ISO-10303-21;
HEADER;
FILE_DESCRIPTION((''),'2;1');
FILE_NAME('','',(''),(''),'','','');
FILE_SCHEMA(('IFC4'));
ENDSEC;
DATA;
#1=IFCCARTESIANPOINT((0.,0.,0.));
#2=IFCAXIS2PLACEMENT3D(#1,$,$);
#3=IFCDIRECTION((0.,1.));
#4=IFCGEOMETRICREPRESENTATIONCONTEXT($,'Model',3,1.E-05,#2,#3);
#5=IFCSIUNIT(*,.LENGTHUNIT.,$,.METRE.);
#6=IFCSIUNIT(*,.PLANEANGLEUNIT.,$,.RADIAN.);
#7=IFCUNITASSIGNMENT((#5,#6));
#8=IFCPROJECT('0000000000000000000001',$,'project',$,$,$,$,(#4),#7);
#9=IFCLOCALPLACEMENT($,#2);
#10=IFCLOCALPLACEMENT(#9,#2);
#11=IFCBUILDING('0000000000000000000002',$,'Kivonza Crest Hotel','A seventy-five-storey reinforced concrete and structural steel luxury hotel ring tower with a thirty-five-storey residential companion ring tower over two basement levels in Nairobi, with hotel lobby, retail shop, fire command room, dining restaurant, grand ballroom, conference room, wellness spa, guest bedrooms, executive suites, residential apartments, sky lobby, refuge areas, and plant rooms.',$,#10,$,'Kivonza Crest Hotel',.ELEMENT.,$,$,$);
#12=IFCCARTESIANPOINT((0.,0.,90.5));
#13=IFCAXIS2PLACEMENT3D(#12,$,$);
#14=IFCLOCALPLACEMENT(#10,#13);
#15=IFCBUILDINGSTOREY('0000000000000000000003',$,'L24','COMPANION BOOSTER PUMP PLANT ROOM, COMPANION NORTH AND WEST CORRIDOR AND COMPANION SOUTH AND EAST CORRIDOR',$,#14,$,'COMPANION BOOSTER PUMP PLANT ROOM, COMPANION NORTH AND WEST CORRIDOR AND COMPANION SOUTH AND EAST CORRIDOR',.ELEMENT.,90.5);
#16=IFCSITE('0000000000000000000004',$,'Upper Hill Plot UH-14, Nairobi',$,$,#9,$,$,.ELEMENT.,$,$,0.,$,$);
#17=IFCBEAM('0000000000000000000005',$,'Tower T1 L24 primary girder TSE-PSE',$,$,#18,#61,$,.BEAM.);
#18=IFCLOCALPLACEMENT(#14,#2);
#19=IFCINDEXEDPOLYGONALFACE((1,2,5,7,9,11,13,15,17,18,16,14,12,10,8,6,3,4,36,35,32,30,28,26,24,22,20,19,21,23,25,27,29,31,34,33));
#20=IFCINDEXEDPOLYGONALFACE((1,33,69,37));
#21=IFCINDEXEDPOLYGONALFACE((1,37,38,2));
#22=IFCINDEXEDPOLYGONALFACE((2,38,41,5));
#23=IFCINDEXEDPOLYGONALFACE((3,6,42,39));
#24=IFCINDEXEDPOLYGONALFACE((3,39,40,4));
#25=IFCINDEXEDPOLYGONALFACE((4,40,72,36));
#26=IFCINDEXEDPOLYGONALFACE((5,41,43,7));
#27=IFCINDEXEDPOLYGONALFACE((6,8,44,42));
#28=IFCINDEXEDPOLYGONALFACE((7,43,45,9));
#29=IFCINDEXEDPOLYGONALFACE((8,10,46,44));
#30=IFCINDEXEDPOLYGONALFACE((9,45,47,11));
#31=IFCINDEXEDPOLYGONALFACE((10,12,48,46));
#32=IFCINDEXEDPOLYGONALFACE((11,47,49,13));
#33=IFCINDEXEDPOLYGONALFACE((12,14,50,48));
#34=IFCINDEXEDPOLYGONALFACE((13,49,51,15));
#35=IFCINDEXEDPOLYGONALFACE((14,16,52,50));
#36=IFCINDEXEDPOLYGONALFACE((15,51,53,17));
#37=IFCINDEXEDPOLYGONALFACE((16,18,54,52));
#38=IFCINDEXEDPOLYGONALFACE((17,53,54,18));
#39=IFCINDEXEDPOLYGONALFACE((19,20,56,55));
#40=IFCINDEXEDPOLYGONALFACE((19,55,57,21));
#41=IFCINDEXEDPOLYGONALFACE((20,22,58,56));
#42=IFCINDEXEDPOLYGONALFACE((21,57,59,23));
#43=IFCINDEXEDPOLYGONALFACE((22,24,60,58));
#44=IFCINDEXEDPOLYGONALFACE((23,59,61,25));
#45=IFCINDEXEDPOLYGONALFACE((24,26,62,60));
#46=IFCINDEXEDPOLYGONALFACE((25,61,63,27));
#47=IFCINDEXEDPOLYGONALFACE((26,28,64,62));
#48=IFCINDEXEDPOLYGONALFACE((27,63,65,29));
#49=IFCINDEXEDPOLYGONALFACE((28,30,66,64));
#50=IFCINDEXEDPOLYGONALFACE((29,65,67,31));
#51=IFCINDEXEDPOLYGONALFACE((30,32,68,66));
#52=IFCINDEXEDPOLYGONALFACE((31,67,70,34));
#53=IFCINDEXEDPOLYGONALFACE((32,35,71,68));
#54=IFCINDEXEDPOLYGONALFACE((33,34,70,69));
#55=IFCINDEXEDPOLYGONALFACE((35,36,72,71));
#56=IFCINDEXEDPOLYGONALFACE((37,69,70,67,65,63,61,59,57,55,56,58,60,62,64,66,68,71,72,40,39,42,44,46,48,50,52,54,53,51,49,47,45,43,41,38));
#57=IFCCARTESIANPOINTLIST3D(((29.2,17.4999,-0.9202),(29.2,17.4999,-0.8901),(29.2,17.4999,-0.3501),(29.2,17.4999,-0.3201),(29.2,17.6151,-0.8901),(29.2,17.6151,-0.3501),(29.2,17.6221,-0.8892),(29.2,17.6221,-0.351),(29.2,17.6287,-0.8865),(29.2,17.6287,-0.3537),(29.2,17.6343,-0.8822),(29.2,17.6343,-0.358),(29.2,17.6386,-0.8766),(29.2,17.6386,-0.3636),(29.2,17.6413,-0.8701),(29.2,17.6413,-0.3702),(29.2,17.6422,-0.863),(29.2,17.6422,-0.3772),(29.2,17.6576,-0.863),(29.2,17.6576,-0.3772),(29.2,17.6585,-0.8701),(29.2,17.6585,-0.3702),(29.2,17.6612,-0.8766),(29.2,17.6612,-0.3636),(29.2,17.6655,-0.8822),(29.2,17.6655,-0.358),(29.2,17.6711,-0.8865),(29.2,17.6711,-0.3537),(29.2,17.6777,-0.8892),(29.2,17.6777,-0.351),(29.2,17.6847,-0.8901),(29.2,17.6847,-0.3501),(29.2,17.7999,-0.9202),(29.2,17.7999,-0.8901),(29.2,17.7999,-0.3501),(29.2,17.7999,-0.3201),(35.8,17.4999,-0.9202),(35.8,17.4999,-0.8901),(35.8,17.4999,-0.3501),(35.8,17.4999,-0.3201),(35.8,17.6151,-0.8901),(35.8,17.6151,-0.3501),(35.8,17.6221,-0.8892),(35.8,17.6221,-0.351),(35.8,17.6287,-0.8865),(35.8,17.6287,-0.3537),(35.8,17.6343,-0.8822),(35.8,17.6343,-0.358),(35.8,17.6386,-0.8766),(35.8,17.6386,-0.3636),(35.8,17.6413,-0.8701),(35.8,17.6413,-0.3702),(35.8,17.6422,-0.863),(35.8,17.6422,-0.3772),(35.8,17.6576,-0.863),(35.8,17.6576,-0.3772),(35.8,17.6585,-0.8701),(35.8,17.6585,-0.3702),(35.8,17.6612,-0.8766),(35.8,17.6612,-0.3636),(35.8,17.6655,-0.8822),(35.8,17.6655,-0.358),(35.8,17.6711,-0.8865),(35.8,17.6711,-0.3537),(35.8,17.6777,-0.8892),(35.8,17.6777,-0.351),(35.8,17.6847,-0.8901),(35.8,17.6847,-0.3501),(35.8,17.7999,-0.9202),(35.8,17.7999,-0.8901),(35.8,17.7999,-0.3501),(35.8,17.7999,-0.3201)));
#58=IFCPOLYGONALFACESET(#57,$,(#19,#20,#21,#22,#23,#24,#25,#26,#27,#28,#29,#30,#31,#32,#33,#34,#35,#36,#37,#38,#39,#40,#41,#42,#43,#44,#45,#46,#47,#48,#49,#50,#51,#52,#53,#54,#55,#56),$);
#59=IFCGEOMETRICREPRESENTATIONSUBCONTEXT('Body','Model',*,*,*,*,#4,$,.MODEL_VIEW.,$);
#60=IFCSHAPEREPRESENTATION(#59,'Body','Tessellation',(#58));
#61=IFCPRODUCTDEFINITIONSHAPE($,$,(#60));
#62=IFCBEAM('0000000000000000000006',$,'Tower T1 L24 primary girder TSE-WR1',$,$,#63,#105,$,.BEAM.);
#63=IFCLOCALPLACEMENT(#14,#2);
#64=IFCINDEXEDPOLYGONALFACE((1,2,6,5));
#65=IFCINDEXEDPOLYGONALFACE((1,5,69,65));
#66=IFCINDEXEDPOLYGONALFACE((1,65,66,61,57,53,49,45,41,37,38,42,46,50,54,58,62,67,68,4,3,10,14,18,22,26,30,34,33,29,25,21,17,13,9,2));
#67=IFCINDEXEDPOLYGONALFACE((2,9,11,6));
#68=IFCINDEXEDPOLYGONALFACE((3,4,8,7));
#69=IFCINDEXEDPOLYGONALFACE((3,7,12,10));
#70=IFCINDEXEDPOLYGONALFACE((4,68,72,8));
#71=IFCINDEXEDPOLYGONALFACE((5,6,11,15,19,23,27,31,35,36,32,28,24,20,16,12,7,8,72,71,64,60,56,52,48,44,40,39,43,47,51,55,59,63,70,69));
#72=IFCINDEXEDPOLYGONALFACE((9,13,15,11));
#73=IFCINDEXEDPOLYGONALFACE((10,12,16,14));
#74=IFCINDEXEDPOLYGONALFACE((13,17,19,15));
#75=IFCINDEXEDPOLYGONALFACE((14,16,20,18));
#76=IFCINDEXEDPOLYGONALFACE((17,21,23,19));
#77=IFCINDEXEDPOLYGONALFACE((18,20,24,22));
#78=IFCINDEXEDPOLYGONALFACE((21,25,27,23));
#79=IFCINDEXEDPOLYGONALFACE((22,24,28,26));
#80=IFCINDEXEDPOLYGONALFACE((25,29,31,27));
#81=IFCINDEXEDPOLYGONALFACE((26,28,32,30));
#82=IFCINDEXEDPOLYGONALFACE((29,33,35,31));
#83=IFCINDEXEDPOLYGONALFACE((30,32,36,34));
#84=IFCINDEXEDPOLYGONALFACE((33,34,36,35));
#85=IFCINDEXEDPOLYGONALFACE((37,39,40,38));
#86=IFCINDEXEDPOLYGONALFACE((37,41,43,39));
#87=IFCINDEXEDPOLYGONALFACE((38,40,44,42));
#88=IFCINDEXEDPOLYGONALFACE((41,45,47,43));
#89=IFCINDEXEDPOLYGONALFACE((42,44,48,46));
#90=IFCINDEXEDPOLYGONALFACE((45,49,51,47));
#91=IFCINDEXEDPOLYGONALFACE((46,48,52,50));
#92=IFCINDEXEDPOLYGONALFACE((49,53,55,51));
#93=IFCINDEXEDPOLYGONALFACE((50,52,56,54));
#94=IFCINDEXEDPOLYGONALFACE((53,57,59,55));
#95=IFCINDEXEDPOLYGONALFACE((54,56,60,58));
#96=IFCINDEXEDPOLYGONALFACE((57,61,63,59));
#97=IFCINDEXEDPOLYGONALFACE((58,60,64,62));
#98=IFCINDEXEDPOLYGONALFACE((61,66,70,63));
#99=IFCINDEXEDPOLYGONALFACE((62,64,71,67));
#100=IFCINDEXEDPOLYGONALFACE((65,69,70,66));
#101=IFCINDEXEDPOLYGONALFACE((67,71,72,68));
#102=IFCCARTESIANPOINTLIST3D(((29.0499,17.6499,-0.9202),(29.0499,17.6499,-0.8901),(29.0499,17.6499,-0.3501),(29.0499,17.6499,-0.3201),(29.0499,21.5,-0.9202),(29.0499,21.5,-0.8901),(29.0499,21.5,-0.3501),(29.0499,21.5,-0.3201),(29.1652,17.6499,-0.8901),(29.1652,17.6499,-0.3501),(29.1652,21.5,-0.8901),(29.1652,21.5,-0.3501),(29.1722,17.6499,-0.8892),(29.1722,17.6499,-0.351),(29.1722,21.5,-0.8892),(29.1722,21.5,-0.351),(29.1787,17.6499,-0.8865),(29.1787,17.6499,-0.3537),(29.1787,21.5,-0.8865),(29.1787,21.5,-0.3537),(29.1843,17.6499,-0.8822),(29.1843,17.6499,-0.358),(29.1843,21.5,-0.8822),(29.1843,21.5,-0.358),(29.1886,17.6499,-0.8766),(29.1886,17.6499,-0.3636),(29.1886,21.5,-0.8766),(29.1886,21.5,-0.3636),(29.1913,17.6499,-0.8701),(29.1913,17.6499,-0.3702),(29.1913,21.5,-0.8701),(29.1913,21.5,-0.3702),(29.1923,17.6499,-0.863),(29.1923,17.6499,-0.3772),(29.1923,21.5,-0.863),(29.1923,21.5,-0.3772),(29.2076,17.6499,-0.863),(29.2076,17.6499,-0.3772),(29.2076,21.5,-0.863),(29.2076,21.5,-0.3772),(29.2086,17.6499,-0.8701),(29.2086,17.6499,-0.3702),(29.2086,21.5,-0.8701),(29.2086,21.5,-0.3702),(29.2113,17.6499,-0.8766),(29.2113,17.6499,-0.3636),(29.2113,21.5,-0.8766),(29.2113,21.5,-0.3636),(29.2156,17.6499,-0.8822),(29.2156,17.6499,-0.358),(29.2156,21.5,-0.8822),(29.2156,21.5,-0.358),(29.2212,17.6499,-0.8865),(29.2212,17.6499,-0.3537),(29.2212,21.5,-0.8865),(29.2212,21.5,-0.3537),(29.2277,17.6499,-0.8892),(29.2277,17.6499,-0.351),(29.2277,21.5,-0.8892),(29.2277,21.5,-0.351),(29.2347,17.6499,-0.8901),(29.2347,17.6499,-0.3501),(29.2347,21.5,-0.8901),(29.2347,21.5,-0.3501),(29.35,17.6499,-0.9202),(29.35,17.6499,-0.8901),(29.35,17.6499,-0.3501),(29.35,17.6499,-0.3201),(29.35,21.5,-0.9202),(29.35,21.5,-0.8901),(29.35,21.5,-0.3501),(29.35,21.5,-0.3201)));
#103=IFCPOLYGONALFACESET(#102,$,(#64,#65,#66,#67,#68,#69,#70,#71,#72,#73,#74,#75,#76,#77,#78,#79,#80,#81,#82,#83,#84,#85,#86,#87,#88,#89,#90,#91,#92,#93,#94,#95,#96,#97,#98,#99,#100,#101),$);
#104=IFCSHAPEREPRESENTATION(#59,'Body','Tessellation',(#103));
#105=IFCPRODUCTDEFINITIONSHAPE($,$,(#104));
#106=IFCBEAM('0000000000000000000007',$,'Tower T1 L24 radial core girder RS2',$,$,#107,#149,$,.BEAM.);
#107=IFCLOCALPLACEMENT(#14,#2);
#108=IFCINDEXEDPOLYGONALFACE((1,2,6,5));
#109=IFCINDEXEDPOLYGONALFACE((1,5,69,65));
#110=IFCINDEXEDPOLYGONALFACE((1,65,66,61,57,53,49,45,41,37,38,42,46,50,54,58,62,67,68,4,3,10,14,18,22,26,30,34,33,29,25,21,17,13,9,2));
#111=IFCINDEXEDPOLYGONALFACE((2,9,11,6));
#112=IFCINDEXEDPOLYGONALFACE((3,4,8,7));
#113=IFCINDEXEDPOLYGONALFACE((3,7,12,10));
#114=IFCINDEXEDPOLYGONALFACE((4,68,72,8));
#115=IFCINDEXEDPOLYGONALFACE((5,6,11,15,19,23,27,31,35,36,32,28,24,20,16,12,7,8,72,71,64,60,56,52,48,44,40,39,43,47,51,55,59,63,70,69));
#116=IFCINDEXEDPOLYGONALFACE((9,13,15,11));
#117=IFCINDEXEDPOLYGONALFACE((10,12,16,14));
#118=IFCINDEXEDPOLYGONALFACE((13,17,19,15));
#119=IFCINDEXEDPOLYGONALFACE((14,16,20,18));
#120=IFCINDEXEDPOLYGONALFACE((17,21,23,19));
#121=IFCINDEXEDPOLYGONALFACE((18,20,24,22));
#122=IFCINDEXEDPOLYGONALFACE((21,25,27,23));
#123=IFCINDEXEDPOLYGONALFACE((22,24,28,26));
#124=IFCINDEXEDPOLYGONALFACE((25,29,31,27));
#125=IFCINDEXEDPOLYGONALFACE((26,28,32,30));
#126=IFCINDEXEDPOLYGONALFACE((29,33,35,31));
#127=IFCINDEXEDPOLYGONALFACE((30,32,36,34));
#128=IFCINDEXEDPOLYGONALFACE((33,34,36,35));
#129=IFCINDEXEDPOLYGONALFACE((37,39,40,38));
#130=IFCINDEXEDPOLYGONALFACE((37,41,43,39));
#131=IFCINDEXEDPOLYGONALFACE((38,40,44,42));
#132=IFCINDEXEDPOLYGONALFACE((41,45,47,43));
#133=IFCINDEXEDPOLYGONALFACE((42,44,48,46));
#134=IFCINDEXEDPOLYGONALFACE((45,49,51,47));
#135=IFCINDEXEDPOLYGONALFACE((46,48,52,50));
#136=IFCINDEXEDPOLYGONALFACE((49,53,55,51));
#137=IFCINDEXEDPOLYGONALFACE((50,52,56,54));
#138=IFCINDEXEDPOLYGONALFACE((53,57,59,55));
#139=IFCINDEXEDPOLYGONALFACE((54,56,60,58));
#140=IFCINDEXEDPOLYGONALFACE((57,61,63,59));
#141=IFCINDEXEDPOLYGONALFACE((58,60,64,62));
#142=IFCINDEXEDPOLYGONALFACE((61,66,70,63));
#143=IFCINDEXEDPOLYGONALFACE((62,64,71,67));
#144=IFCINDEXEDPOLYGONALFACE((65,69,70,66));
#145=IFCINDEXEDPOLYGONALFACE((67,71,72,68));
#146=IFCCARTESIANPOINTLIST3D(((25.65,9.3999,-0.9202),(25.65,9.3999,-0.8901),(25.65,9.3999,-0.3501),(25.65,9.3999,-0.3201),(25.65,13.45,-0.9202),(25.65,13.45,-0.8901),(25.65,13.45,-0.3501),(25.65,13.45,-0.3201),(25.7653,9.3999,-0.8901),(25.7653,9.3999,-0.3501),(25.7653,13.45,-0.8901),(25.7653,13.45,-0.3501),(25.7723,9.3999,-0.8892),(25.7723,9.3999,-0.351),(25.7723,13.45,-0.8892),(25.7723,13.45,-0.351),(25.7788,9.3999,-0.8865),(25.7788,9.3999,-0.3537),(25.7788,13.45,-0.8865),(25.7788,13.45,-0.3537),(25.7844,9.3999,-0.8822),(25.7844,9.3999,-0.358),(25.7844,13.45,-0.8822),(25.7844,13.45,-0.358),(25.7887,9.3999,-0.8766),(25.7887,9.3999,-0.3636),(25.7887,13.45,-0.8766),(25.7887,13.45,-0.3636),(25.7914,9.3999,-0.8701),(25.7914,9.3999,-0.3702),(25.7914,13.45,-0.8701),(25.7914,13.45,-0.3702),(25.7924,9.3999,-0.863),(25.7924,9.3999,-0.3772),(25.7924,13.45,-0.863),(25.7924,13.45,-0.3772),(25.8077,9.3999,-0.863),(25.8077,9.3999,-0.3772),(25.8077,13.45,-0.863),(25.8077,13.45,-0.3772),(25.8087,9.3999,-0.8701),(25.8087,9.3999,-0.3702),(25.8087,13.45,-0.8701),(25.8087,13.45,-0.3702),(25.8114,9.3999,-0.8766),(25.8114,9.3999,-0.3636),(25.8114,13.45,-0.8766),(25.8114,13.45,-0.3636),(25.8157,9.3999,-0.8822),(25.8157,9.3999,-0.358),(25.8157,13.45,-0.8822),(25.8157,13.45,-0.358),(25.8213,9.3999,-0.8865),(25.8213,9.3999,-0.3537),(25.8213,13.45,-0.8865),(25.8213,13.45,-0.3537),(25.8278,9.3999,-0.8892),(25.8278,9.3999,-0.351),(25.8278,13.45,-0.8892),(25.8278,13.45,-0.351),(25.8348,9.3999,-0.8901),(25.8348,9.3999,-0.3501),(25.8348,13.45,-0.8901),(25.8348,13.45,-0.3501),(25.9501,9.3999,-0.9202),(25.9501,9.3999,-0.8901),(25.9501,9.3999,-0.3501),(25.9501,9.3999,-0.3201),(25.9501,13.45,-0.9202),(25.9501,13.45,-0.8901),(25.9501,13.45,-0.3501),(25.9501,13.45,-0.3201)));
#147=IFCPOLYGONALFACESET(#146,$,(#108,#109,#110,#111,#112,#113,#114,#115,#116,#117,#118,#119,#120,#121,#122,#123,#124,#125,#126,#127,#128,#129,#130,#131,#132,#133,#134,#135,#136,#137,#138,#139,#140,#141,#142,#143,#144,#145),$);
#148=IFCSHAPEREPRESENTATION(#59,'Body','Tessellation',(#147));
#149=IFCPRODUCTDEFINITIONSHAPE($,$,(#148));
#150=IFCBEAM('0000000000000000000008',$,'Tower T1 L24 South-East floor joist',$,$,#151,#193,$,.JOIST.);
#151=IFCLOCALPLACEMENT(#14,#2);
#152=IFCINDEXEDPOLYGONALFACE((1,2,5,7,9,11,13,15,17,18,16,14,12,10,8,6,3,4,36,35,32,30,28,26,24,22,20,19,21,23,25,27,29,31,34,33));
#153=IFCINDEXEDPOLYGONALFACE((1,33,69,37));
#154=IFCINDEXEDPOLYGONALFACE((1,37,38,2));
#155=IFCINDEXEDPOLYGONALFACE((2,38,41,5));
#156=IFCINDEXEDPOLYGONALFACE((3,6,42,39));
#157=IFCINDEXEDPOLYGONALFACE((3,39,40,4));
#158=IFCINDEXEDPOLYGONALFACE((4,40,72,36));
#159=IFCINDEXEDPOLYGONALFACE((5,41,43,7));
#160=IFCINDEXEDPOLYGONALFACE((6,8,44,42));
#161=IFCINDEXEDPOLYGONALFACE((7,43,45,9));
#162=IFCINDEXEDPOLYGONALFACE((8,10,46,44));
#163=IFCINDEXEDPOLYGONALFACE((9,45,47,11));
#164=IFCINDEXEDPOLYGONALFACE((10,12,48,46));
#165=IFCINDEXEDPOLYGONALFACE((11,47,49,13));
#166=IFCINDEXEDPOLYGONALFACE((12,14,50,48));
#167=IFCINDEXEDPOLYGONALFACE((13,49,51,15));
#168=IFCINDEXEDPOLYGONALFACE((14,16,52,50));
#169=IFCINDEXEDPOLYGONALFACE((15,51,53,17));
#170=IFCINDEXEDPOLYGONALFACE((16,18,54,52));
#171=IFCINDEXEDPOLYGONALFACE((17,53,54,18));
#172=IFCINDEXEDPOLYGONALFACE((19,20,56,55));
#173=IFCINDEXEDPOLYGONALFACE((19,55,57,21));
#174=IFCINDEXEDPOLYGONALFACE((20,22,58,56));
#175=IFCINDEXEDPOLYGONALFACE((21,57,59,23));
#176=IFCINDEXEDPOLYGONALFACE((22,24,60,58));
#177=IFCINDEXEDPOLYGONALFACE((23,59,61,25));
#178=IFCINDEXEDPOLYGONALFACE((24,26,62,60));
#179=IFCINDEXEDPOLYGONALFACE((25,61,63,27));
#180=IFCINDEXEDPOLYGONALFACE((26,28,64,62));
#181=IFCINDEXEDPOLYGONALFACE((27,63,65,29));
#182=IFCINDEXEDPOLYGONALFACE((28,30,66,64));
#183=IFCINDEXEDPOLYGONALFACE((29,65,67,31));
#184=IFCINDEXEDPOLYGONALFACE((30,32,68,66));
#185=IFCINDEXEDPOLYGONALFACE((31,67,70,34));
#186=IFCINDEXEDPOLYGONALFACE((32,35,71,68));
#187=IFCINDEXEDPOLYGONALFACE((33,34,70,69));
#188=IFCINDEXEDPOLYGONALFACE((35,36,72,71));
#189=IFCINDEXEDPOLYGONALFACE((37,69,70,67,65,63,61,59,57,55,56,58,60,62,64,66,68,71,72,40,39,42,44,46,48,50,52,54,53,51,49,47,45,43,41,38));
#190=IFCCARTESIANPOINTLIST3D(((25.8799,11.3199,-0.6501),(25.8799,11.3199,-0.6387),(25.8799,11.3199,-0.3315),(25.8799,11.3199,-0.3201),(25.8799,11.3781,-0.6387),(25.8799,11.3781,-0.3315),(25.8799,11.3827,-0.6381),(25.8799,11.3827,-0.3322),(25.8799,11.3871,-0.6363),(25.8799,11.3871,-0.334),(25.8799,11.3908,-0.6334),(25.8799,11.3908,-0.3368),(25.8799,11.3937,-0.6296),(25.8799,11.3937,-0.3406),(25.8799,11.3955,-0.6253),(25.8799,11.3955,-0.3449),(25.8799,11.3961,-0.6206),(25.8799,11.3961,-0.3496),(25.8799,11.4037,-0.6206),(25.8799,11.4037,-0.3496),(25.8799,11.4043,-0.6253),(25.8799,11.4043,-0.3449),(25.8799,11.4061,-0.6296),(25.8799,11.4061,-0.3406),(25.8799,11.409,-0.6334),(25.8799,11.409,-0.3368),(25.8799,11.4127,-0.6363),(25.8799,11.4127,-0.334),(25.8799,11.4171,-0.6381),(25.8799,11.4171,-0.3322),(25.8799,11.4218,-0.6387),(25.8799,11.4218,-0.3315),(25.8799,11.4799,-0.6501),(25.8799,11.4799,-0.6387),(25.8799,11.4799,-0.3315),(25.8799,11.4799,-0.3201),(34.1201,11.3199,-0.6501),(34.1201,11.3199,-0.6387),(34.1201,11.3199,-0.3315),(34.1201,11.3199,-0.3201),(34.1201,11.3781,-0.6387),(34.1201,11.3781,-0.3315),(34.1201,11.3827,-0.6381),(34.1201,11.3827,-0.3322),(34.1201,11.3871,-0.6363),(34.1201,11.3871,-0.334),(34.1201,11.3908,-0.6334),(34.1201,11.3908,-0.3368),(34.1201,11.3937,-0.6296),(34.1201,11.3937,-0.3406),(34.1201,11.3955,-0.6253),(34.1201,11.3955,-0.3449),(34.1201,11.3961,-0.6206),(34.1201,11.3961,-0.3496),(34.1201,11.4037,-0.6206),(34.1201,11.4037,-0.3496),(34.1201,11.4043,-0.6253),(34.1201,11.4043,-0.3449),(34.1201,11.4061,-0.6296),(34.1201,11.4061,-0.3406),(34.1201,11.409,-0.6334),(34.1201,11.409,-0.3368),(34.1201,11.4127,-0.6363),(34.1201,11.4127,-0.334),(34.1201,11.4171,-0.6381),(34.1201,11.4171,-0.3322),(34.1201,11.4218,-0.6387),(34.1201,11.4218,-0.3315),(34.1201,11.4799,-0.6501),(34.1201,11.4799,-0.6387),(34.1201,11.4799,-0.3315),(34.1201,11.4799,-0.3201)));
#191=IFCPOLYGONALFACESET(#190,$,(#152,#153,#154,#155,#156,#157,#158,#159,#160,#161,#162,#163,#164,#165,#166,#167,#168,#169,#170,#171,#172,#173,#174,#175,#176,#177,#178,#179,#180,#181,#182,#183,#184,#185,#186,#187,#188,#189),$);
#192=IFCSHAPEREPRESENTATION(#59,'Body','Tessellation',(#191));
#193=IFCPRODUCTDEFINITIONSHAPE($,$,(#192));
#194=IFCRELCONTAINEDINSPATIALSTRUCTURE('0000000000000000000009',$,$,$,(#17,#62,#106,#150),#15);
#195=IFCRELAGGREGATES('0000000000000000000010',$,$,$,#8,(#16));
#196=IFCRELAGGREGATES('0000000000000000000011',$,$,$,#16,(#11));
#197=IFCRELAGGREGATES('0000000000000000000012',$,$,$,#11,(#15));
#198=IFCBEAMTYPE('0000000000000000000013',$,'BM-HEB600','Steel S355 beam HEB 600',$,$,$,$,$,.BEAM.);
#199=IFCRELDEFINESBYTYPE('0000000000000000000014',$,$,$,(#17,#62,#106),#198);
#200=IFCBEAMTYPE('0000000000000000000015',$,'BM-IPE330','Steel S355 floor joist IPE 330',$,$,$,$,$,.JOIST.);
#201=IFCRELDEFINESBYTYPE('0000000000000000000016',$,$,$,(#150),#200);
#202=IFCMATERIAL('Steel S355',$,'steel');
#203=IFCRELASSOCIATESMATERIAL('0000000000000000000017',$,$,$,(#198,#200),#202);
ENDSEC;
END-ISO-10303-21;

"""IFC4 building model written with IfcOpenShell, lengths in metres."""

from ifc_helpers import new_model, si_unit, direction, frame, origin, origin_2d, place, context, subcontext, project, spatial, i_section, extrude, material, material_profile, profile_set, type_object, element, save


model = new_model("IFC4")

# Units and contexts
model_context = context("Model", 3, precision=1e-05, world=origin(), true_north=direction((0.0, 1.0)))
body_context = subcontext(model_context, "Body", "Model", "MODEL_VIEW")
ifc_project = project(units=[si_unit("LENGTHUNIT", "METRE"), si_unit("PLANEANGLEUNIT", "RADIAN")], contexts=[model_context])

# Site, building, storey
site_placement = place(None, origin())
site = spatial("IfcSite", under=ifc_project, at=site_placement, Name="Upper Hill Plot UH-14, Nairobi", CompositionType="ELEMENT", RefElevation=0.0)
building_placement = place(site_placement, origin())
building = spatial("IfcBuilding", under=site, at=building_placement, Name="Kivonza Crest Hotel", Description="A seventy-five-storey reinforced concrete and structural steel luxury hotel ring tower with a thirty-five-storey residential companion ring tower over two basement levels in Nairobi, with hotel lobby, retail shop, fire command room, dining restaurant, grand ballroom, conference room, wellness spa, guest bedrooms, executive suites, residential apartments, sky lobby, refuge areas, and plant rooms.", LongName="Kivonza Crest Hotel", CompositionType="ELEMENT")
storey_placement = place(building_placement, frame((0.0, 0.0, 90.5)))
storey = spatial("IfcBuildingStorey", under=building, at=storey_placement, Name="L24", Description="COMPANION BOOSTER PUMP PLANT ROOM, COMPANION NORTH AND WEST CORRIDOR AND COMPANION SOUTH AND EAST CORRIDOR", LongName="COMPANION BOOSTER PUMP PLANT ROOM, COMPANION NORTH AND WEST CORRIDOR AND COMPANION SOUTH AND EAST CORRIDOR", CompositionType="ELEMENT", Elevation=90.5)

# Shared definitions
ifc_material_1 = material(Name="Steel S355", Category="steel")

# Beams
ifc_material_profile_1 = material_profile(ifc_material_1, i_section(OverallWidth=0.3, OverallDepth=0.6001, WebThickness=0.0154, FlangeThickness=0.03, FilletRadius=0.0271, at=origin_2d()), Name="HEB 600")
ifc_profile_set_1 = profile_set([ifc_material_profile_1], Name="Steel S355")
beam_type_1 = type_object("IfcBeamType", Name="BM-HEB600", Description="Steel S355 beam HEB 600", PredefinedType="BEAM", material=ifc_profile_set_1)
beam_1_placement = place(storey_placement, frame((29.2, 17.6499, -0.6201), z_axis=(1.0, 0.0, 0.0), x_axis=(0.0, 1.0, 0.0)))
element("IfcBeam", 1, at=beam_1_placement, inside=storey, type_object=beam_type_1, Name="Tower T1 L24 primary girder TSE-PSE", PredefinedType="BEAM", context=body_context, shape_type="SweptSolid", body=[
    extrude(i_section(OverallWidth=0.3, OverallDepth=0.6001, WebThickness=0.0154, FlangeThickness=0.03, FilletRadius=0.0271, at=origin_2d()), origin(), (0.0, 0.0, 1.0), 6.6001),
])
beam_2_placement = place(storey_placement, frame((29.2, 17.6499, -0.6201), z_axis=(0.0, 1.0, 0.0), x_axis=(-1.0, 0.0, 0.0)))
element("IfcBeam", 2, at=beam_2_placement, inside=storey, type_object=beam_type_1, Name="Tower T1 L24 primary girder TSE-WR1", PredefinedType="BEAM", context=body_context, shape_type="SweptSolid", body=[
    extrude(i_section(OverallWidth=0.3, OverallDepth=0.6001, WebThickness=0.0154, FlangeThickness=0.03, FilletRadius=0.0271, at=origin_2d()), origin(), (0.0, 0.0, 1.0), 3.8501),
])
beam_3_placement = place(storey_placement, frame((25.8, 9.3999, -0.6201), z_axis=(0.0, 1.0, 0.0), x_axis=(-1.0, 0.0, 0.0)))
element("IfcBeam", 3, at=beam_3_placement, inside=storey, type_object=beam_type_1, Name="Tower T1 L24 radial core girder RS2", PredefinedType="BEAM", context=body_context, shape_type="SweptSolid", body=[
    extrude(i_section(OverallWidth=0.3, OverallDepth=0.6001, WebThickness=0.0154, FlangeThickness=0.03, FilletRadius=0.0271, at=origin_2d()), origin(), (0.0, 0.0, 1.0), 4.05),
])
ifc_material_profile_2 = material_profile(ifc_material_1, i_section(OverallWidth=0.1599, OverallDepth=0.3301, WebThickness=0.0076, FlangeThickness=0.0115, FilletRadius=0.0181, at=origin_2d()), Name="IPE 330")
ifc_profile_set_2 = profile_set([ifc_material_profile_2], Name="Steel S355")
beam_type_2 = type_object("IfcBeamType", Name="BM-IPE330", Description="Steel S355 floor joist IPE 330", PredefinedType="JOIST", material=ifc_profile_set_2)
beam_4_placement = place(storey_placement, frame((25.8799, 11.3999, -0.4851), z_axis=(1.0, 0.0, 0.0), x_axis=(0.0, 1.0, 0.0)))
element("IfcBeam", 4, at=beam_4_placement, inside=storey, type_object=beam_type_2, Name="Tower T1 L24 South-East floor joist", PredefinedType="JOIST", context=body_context, shape_type="SweptSolid", body=[
    extrude(i_section(OverallWidth=0.1599, OverallDepth=0.3301, WebThickness=0.0076, FlangeThickness=0.0115, FilletRadius=0.0181, at=origin_2d()), origin(), (0.0, 0.0, 1.0), 8.2402),
])

save(model, "model.ifc")
